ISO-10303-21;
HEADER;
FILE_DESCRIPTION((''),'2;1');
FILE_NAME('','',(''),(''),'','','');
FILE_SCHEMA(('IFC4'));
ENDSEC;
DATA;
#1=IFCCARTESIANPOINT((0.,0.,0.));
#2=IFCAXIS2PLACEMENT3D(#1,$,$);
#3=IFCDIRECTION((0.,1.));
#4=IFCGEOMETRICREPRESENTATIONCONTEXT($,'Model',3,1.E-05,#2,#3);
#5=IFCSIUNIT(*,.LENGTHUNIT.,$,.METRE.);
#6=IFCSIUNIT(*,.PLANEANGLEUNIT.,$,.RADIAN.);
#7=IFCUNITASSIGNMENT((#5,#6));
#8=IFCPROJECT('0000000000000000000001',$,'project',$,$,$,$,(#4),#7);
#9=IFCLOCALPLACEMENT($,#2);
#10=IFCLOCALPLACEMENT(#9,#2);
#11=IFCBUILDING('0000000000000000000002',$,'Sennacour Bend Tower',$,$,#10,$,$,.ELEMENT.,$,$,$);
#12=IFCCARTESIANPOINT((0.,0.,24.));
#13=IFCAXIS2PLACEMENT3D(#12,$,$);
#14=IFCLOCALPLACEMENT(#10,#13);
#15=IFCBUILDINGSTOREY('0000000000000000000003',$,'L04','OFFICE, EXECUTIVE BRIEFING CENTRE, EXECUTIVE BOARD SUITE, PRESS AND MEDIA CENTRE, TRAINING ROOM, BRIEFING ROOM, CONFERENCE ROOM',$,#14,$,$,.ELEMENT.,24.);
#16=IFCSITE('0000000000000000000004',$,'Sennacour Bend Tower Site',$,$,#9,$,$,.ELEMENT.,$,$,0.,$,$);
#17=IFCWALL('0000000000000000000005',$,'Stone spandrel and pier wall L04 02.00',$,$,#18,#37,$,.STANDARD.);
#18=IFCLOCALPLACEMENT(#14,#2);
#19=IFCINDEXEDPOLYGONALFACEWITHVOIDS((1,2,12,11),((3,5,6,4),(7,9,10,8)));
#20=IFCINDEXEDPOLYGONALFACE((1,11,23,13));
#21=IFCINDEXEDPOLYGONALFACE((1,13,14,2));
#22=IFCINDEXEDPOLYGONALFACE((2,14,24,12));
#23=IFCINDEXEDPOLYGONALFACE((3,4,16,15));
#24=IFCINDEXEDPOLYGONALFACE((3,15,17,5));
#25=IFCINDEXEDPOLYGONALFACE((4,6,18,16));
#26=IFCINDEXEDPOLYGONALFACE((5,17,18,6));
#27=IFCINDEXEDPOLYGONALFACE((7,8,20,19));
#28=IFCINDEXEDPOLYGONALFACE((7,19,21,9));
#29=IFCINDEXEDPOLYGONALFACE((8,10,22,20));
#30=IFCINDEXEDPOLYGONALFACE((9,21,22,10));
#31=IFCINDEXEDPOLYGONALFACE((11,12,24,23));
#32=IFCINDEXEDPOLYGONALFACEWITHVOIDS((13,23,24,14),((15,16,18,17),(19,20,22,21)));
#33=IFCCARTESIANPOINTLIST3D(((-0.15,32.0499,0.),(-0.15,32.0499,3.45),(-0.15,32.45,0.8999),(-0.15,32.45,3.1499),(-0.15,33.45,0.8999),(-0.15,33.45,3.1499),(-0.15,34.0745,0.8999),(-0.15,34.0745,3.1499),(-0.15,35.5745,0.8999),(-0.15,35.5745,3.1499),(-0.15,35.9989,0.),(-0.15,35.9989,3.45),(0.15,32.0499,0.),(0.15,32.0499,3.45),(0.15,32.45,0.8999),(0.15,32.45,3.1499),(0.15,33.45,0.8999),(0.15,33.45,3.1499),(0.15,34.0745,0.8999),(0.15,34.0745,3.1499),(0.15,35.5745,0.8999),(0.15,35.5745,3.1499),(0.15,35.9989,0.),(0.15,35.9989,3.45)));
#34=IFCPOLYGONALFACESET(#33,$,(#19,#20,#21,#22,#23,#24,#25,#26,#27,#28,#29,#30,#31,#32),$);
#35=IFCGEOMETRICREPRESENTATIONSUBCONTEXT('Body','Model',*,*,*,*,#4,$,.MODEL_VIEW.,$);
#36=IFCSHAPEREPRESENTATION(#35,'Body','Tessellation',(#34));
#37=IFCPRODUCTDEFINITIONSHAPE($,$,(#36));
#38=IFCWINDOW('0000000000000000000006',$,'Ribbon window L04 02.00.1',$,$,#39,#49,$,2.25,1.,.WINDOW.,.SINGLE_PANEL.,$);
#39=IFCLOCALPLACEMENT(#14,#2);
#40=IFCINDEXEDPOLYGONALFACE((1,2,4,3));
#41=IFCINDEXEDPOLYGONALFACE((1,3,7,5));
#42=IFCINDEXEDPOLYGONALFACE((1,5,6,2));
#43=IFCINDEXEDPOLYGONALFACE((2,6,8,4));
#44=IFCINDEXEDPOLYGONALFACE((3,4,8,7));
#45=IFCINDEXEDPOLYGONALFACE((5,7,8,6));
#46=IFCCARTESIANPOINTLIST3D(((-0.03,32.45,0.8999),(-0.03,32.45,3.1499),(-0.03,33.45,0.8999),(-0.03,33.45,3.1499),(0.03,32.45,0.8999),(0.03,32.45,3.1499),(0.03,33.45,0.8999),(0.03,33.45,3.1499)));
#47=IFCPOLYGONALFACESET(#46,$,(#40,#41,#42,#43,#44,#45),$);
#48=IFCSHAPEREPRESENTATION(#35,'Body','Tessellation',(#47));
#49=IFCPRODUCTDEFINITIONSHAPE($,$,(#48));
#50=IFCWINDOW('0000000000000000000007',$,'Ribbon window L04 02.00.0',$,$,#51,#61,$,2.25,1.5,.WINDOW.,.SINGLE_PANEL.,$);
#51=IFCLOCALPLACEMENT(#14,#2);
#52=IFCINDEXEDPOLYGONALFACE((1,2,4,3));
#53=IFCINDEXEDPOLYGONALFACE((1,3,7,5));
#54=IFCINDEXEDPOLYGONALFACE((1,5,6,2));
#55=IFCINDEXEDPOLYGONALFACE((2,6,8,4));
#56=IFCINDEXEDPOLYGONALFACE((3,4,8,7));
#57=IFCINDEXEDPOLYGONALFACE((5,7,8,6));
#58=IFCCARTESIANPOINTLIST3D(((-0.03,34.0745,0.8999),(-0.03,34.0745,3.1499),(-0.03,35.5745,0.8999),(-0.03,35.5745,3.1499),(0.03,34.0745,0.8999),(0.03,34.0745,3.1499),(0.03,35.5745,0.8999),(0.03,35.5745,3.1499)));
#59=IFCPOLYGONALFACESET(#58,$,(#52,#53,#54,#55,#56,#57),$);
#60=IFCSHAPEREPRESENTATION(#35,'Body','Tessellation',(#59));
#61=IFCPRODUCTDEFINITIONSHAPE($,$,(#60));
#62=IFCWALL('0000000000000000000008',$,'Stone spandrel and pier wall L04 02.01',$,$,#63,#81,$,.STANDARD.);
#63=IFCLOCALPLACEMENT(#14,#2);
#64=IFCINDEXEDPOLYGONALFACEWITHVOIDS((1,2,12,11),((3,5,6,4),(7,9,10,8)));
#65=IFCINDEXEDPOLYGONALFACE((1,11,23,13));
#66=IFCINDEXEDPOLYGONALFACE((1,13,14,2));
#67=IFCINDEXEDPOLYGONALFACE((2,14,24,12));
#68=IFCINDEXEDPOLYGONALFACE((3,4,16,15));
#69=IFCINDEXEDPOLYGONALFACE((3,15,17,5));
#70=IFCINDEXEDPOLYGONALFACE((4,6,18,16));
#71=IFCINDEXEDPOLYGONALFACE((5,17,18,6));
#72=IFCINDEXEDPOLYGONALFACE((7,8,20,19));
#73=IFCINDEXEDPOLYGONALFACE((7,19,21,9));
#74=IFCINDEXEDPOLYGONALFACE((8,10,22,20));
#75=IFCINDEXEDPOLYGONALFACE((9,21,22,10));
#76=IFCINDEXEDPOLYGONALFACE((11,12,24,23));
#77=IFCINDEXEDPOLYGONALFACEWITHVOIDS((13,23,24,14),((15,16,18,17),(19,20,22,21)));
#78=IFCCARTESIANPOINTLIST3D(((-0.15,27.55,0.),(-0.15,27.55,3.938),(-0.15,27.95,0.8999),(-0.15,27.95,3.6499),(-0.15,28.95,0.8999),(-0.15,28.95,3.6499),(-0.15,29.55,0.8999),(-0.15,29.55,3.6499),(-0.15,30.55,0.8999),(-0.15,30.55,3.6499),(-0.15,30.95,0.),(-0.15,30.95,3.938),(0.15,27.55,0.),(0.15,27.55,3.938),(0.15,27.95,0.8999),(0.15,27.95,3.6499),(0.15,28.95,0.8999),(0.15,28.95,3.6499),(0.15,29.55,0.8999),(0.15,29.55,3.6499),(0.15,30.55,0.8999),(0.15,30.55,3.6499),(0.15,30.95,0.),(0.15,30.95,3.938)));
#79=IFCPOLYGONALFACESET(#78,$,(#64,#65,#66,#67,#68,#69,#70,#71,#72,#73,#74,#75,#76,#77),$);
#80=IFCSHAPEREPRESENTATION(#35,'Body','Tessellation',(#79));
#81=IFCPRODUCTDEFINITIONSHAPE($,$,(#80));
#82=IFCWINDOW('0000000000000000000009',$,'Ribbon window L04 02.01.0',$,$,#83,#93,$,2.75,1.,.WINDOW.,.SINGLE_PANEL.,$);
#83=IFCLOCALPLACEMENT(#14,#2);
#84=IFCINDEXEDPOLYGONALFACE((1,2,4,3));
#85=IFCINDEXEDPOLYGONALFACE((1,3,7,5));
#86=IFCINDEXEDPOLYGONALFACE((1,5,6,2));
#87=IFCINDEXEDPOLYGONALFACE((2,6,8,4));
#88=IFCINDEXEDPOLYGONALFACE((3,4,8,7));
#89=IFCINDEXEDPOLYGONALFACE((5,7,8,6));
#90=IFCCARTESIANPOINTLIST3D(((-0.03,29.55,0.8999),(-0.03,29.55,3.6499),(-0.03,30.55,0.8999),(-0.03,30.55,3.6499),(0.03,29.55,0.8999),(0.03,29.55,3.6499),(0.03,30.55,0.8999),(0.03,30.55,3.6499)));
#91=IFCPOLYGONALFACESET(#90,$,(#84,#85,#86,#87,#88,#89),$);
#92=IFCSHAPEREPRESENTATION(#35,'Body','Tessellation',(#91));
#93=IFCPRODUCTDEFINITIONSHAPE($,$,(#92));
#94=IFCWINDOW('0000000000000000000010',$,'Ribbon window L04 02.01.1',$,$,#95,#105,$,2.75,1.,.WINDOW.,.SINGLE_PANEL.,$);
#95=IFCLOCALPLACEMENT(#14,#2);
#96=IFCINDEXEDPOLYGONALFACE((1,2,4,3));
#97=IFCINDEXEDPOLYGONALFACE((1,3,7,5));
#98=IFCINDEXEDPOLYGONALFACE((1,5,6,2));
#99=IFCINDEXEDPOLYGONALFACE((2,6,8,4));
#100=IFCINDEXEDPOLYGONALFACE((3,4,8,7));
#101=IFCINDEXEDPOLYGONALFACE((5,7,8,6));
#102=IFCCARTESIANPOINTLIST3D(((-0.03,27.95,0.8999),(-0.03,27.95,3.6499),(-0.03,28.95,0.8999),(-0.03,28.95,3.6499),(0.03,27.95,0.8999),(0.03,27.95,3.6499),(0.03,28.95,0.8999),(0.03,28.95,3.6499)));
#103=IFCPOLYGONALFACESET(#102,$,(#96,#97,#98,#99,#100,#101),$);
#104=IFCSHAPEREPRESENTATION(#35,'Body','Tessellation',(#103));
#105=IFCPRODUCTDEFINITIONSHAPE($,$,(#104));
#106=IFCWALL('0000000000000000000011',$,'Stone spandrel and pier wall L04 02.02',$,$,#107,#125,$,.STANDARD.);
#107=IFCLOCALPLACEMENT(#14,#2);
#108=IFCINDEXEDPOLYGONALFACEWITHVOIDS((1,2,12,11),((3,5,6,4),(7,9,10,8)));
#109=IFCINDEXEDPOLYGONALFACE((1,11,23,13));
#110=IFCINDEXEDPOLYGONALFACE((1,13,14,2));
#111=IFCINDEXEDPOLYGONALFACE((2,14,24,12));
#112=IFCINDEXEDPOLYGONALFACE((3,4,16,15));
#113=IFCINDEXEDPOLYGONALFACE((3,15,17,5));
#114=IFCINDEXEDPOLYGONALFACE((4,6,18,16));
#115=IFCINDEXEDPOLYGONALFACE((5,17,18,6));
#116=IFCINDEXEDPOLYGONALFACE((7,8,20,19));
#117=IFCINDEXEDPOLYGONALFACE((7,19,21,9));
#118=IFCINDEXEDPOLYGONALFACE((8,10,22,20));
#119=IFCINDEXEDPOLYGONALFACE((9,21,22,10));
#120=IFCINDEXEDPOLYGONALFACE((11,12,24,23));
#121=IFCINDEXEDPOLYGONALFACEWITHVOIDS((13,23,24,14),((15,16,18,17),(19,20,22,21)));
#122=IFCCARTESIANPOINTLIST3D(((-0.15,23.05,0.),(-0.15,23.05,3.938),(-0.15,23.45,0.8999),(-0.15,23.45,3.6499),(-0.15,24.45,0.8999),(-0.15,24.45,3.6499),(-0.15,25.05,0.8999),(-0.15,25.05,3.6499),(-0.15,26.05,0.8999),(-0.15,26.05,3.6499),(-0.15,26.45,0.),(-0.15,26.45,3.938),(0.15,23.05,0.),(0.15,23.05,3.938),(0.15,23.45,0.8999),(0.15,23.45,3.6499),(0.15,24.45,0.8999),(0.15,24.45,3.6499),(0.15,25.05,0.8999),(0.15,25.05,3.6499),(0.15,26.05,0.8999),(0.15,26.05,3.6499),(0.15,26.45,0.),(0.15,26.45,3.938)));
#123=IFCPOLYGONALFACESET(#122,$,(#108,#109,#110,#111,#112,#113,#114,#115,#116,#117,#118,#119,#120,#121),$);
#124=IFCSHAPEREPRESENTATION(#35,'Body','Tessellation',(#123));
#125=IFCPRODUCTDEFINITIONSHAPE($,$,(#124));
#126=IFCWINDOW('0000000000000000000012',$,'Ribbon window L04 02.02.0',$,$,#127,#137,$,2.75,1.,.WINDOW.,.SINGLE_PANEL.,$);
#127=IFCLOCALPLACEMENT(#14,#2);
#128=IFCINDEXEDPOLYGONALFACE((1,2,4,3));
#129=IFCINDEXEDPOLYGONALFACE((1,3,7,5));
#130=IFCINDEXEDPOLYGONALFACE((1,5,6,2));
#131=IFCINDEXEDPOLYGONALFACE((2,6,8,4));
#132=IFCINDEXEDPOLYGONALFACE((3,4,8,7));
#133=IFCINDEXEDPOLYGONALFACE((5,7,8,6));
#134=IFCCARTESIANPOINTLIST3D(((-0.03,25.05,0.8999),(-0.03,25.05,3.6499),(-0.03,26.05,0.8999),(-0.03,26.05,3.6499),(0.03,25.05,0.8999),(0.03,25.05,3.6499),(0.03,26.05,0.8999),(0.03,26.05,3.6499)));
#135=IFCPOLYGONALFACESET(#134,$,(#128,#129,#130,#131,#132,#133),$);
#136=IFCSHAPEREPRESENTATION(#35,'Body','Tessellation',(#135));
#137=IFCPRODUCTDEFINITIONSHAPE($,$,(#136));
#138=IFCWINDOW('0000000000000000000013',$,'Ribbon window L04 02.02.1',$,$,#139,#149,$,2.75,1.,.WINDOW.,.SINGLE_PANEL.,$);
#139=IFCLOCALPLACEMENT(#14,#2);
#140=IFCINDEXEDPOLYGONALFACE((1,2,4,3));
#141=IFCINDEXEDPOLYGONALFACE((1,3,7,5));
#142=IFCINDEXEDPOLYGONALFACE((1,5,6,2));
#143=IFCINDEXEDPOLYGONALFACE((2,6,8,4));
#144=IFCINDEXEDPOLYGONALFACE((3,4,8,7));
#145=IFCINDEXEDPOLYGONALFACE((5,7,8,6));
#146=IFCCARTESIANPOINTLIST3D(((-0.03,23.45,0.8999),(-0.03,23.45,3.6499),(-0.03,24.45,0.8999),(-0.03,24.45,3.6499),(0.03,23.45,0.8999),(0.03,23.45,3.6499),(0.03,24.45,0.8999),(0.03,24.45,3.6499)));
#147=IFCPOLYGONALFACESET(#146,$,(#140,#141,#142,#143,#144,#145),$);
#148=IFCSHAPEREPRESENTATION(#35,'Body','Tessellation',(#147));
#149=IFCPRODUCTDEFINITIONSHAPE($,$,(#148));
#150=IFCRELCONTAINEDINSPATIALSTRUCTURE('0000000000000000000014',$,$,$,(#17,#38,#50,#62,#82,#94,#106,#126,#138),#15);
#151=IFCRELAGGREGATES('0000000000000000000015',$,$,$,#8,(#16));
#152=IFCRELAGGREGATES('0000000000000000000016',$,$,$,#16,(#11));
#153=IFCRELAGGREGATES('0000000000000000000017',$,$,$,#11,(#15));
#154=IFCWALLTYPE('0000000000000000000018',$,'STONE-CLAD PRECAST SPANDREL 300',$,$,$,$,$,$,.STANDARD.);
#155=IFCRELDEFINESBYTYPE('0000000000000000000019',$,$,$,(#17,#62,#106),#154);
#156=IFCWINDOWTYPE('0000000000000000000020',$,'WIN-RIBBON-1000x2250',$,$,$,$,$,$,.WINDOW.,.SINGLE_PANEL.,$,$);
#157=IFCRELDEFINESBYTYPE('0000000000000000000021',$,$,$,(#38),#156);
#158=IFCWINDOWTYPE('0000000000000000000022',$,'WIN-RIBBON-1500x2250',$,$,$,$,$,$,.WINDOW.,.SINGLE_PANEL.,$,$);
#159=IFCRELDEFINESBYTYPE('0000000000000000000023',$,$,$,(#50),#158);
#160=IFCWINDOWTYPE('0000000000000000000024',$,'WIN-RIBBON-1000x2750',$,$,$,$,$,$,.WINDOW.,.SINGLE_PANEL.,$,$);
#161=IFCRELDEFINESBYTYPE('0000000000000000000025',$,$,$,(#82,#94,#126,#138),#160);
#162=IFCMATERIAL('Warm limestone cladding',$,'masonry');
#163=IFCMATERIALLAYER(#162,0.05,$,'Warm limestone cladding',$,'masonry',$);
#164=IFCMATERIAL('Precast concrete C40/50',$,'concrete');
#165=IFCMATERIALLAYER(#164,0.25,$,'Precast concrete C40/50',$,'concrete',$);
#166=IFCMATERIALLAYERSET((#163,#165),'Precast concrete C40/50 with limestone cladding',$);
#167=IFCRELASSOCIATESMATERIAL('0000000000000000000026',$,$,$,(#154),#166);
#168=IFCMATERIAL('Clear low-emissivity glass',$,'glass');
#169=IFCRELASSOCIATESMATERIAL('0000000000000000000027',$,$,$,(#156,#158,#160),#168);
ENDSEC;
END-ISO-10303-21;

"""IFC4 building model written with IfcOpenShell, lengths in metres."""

from ifc_helpers import new_model, si_unit, direction, frame, frame_2d, origin, place, context, subcontext, project, spatial, rectangle, extrude, material, layer, layer_set, type_object, element, fill, save


model = new_model("IFC4")

# Units and contexts
model_context = context("Model", 3, precision=1e-05, world=origin(), true_north=direction((0.0, 1.0)))
body_context = subcontext(model_context, "Body", "Model", "MODEL_VIEW")
ifc_project = project(units=[si_unit("LENGTHUNIT", "METRE"), si_unit("PLANEANGLEUNIT", "RADIAN")], contexts=[model_context])

# Site, building, storey
site_placement = place(None, origin())
site = spatial("IfcSite", under=ifc_project, at=site_placement, Name="Sennacour Bend Tower Site", CompositionType="ELEMENT", RefElevation=0.0)
building_placement = place(site_placement, origin())
building = spatial("IfcBuilding", under=site, at=building_placement, Name="Sennacour Bend Tower", CompositionType="ELEMENT")
storey_placement = place(building_placement, frame((0.0, 0.0, 24.0)))
storey = spatial("IfcBuildingStorey", under=building, at=storey_placement, Name="L04", Description="OFFICE, EXECUTIVE BRIEFING CENTRE, EXECUTIVE BOARD SUITE, PRESS AND MEDIA CENTRE, TRAINING ROOM, BRIEFING ROOM, CONFERENCE ROOM", CompositionType="ELEMENT", Elevation=24.0)

# Walls, openings, windows
ifc_material_1 = material(Name="Warm limestone cladding", Category="masonry")
ifc_layer_1 = layer(ifc_material_1, 0.05, Name="Warm limestone cladding", Category="masonry")
ifc_material_2 = material(Name="Precast concrete C40/50", Category="concrete")
ifc_layer_2 = layer(ifc_material_2, 0.25, Name="Precast concrete C40/50", Category="concrete")
ifc_layer_set_1 = layer_set([ifc_layer_1, ifc_layer_2], Name="Precast concrete C40/50 with limestone cladding")
wall_type_1 = type_object("IfcWallType", Name="STONE-CLAD PRECAST SPANDREL 300", PredefinedType="STANDARD", material=ifc_layer_set_1)
wall_1_placement = place(storey_placement, frame((0.0, 35.999, 0.0), z_axis=(0.0, 0.0, 1.0), x_axis=(0.0, -1.0, 0.0)))
wall_1 = element("IfcWall", 1, at=wall_1_placement, inside=storey, type_object=wall_type_1, Name="Stone spandrel and pier wall L04 02.00", PredefinedType="STANDARD", context=body_context, shape_type="SweptSolid", body=[
    extrude(rectangle(XDim=3.949, YDim=0.3, at=frame_2d((1.9746, 0.0))), origin(), (0.0, 0.0, 1.0), 3.45),
])
opening_1_placement = place(wall_1_placement, frame((0.4246, 0.0, 0.8999)))
opening_1 = element("IfcOpeningElement", 2, at=opening_1_placement, cuts=wall_1, PredefinedType="OPENING", context=body_context, shape_type="SweptSolid", body=[
    extrude(rectangle(XDim=1.5, YDim=2.25, at=frame_2d((0.75, 1.125))), frame((0.0, 0.1602, 0.0), z_axis=(0.0, -1.0, 0.0), x_axis=(1.0, 0.0, 0.0)), (0.0, 0.0, 1.0), 0.3201),
])
opening_2_placement = place(wall_1_placement, frame((2.5491, 0.0, 0.8999)))
opening_2 = element("IfcOpeningElement", 3, at=opening_2_placement, cuts=wall_1, PredefinedType="OPENING", context=body_context, shape_type="SweptSolid", body=[
    extrude(rectangle(XDim=1.0, YDim=2.25, at=frame_2d((0.5, 1.125))), frame((0.0, 0.1602, 0.0), z_axis=(0.0, -1.0, 0.0), x_axis=(1.0, 0.0, 0.0)), (0.0, 0.0, 1.0), 0.3201),
])
ifc_material_3 = material(Name="Clear low-emissivity glass", Category="glass")
window_type_1 = type_object("IfcWindowType", Name="WIN-RIBBON-1000x2250", PartitioningType="SINGLE_PANEL", PredefinedType="WINDOW", material=ifc_material_3)
window_1_placement = place(opening_2_placement, origin())
window_1 = element("IfcWindow", 4, at=window_1_placement, inside=storey, type_object=window_type_1, Name="Ribbon window L04 02.00.1", OverallHeight=2.25, OverallWidth=1.0, PartitioningType="SINGLE_PANEL", PredefinedType="WINDOW", context=body_context, shape_type="SweptSolid", body=[
    extrude(rectangle(XDim=1.0, YDim=2.25, at=frame_2d((0.5, 1.125))), frame((0.0, 0.03, 0.0), z_axis=(0.0, -1.0, 0.0), x_axis=(1.0, 0.0, 0.0)), (0.0, 0.0, 1.0), 0.0601),
])
fill(opening_2, window_1)
window_type_2 = type_object("IfcWindowType", Name="WIN-RIBBON-1500x2250", PartitioningType="SINGLE_PANEL", PredefinedType="WINDOW", material=ifc_material_3)
window_2_placement = place(opening_1_placement, origin())
window_2 = element("IfcWindow", 5, at=window_2_placement, inside=storey, type_object=window_type_2, Name="Ribbon window L04 02.00.0", OverallHeight=2.25, OverallWidth=1.5, PartitioningType="SINGLE_PANEL", PredefinedType="WINDOW", context=body_context, shape_type="SweptSolid", body=[
    extrude(rectangle(XDim=1.5, YDim=2.25, at=frame_2d((0.75, 1.125))), frame((0.0, 0.03, 0.0), z_axis=(0.0, -1.0, 0.0), x_axis=(1.0, 0.0, 0.0)), (0.0, 0.0, 1.0), 0.0601),
])
fill(opening_1, window_2)
wall_2_placement = place(storey_placement, frame((0.0, 30.95, 0.0), z_axis=(0.0, 0.0, 1.0), x_axis=(0.0, -1.0, 0.0)))
wall_2 = element("IfcWall", 6, at=wall_2_placement, inside=storey, type_object=wall_type_1, Name="Stone spandrel and pier wall L04 02.01", PredefinedType="STANDARD", context=body_context, shape_type="SweptSolid", body=[
    extrude(rectangle(XDim=3.3999, YDim=0.3, at=frame_2d((1.7, 0.0))), origin(), (0.0, 0.0, 1.0), 3.938),
])
opening_3_placement = place(wall_2_placement, frame((0.3999, 0.0, 0.8999)))
opening_3 = element("IfcOpeningElement", 7, at=opening_3_placement, cuts=wall_2, PredefinedType="OPENING", context=body_context, shape_type="SweptSolid", body=[
    extrude(rectangle(XDim=1.0, YDim=2.75, at=frame_2d((0.5, 1.375))), frame((0.0, 0.1602, 0.0), z_axis=(0.0, -1.0, 0.0), x_axis=(1.0, 0.0, 0.0)), (0.0, 0.0, 1.0), 0.3201),
])
opening_4_placement = place(wall_2_placement, frame((2.0, 0.0, 0.8999)))
opening_4 = element("IfcOpeningElement", 8, at=opening_4_placement, cuts=wall_2, PredefinedType="OPENING", context=body_context, shape_type="SweptSolid", body=[
    extrude(rectangle(XDim=1.0, YDim=2.75, at=frame_2d((0.5, 1.375))), frame((0.0, 0.1602, 0.0), z_axis=(0.0, -1.0, 0.0), x_axis=(1.0, 0.0, 0.0)), (0.0, 0.0, 1.0), 0.3201),
])
window_type_3 = type_object("IfcWindowType", Name="WIN-RIBBON-1000x2750", PartitioningType="SINGLE_PANEL", PredefinedType="WINDOW", material=ifc_material_3)
window_3_placement = place(opening_3_placement, origin())
window_3 = element("IfcWindow", 9, at=window_3_placement, inside=storey, type_object=window_type_3, Name="Ribbon window L04 02.01.0", OverallHeight=2.75, OverallWidth=1.0, PartitioningType="SINGLE_PANEL", PredefinedType="WINDOW", context=body_context, shape_type="SweptSolid", body=[
    extrude(rectangle(XDim=1.0, YDim=2.75, at=frame_2d((0.5, 1.375))), frame((0.0, 0.03, 0.0), z_axis=(0.0, -1.0, 0.0), x_axis=(1.0, 0.0, 0.0)), (0.0, 0.0, 1.0), 0.0601),
])
fill(opening_3, window_3)
window_4_placement = place(opening_4_placement, origin())
window_4 = element("IfcWindow", 10, at=window_4_placement, inside=storey, type_object=window_type_3, Name="Ribbon window L04 02.01.1", OverallHeight=2.75, OverallWidth=1.0, PartitioningType="SINGLE_PANEL", PredefinedType="WINDOW", context=body_context, shape_type="SweptSolid", body=[
    extrude(rectangle(XDim=1.0, YDim=2.75, at=frame_2d((0.5, 1.375))), frame((0.0, 0.03, 0.0), z_axis=(0.0, -1.0, 0.0), x_axis=(1.0, 0.0, 0.0)), (0.0, 0.0, 1.0), 0.0601),
])
fill(opening_4, window_4)
wall_3_placement = place(storey_placement, frame((0.0, 26.45, 0.0), z_axis=(0.0, 0.0, 1.0), x_axis=(0.0, -1.0, 0.0)))
wall_3 = element("IfcWall", 11, at=wall_3_placement, inside=storey, type_object=wall_type_1, Name="Stone spandrel and pier wall L04 02.02", PredefinedType="STANDARD", context=body_context, shape_type="SweptSolid", body=[
    extrude(rectangle(XDim=3.3999, YDim=0.3, at=frame_2d((1.7, 0.0))), origin(), (0.0, 0.0, 1.0), 3.938),
])
opening_5_placement = place(wall_3_placement, frame((0.3999, 0.0, 0.8999)))
opening_5 = element("IfcOpeningElement", 12, at=opening_5_placement, cuts=wall_3, PredefinedType="OPENING", context=body_context, shape_type="SweptSolid", body=[
    extrude(rectangle(XDim=1.0, YDim=2.75, at=frame_2d((0.5, 1.375))), frame((0.0, 0.1602, 0.0), z_axis=(0.0, -1.0, 0.0), x_axis=(1.0, 0.0, 0.0)), (0.0, 0.0, 1.0), 0.3201),
])
opening_6_placement = place(wall_3_placement, frame((2.0, 0.0, 0.8999)))
opening_6 = element("IfcOpeningElement", 13, at=opening_6_placement, cuts=wall_3, PredefinedType="OPENING", context=body_context, shape_type="SweptSolid", body=[
    extrude(rectangle(XDim=1.0, YDim=2.75, at=frame_2d((0.5, 1.375))), frame((0.0, 0.1602, 0.0), z_axis=(0.0, -1.0, 0.0), x_axis=(1.0, 0.0, 0.0)), (0.0, 0.0, 1.0), 0.3201),
])
window_5_placement = place(opening_5_placement, origin())
window_5 = element("IfcWindow", 14, at=window_5_placement, inside=storey, type_object=window_type_3, Name="Ribbon window L04 02.02.0", OverallHeight=2.75, OverallWidth=1.0, PartitioningType="SINGLE_PANEL", PredefinedType="WINDOW", context=body_context, shape_type="SweptSolid", body=[
    extrude(rectangle(XDim=1.0, YDim=2.75, at=frame_2d((0.5, 1.375))), frame((0.0, 0.03, 0.0), z_axis=(0.0, -1.0, 0.0), x_axis=(1.0, 0.0, 0.0)), (0.0, 0.0, 1.0), 0.0601),
])
fill(opening_5, window_5)
window_6_placement = place(opening_6_placement, origin())
window_6 = element("IfcWindow", 15, at=window_6_placement, inside=storey, type_object=window_type_3, Name="Ribbon window L04 02.02.1", OverallHeight=2.75, OverallWidth=1.0, PartitioningType="SINGLE_PANEL", PredefinedType="WINDOW", context=body_context, shape_type="SweptSolid", body=[
    extrude(rectangle(XDim=1.0, YDim=2.75, at=frame_2d((0.5, 1.375))), frame((0.0, 0.03, 0.0), z_axis=(0.0, -1.0, 0.0), x_axis=(1.0, 0.0, 0.0)), (0.0, 0.0, 1.0), 0.0601),
])
fill(opening_6, window_6)

save(model, "model.ifc")
